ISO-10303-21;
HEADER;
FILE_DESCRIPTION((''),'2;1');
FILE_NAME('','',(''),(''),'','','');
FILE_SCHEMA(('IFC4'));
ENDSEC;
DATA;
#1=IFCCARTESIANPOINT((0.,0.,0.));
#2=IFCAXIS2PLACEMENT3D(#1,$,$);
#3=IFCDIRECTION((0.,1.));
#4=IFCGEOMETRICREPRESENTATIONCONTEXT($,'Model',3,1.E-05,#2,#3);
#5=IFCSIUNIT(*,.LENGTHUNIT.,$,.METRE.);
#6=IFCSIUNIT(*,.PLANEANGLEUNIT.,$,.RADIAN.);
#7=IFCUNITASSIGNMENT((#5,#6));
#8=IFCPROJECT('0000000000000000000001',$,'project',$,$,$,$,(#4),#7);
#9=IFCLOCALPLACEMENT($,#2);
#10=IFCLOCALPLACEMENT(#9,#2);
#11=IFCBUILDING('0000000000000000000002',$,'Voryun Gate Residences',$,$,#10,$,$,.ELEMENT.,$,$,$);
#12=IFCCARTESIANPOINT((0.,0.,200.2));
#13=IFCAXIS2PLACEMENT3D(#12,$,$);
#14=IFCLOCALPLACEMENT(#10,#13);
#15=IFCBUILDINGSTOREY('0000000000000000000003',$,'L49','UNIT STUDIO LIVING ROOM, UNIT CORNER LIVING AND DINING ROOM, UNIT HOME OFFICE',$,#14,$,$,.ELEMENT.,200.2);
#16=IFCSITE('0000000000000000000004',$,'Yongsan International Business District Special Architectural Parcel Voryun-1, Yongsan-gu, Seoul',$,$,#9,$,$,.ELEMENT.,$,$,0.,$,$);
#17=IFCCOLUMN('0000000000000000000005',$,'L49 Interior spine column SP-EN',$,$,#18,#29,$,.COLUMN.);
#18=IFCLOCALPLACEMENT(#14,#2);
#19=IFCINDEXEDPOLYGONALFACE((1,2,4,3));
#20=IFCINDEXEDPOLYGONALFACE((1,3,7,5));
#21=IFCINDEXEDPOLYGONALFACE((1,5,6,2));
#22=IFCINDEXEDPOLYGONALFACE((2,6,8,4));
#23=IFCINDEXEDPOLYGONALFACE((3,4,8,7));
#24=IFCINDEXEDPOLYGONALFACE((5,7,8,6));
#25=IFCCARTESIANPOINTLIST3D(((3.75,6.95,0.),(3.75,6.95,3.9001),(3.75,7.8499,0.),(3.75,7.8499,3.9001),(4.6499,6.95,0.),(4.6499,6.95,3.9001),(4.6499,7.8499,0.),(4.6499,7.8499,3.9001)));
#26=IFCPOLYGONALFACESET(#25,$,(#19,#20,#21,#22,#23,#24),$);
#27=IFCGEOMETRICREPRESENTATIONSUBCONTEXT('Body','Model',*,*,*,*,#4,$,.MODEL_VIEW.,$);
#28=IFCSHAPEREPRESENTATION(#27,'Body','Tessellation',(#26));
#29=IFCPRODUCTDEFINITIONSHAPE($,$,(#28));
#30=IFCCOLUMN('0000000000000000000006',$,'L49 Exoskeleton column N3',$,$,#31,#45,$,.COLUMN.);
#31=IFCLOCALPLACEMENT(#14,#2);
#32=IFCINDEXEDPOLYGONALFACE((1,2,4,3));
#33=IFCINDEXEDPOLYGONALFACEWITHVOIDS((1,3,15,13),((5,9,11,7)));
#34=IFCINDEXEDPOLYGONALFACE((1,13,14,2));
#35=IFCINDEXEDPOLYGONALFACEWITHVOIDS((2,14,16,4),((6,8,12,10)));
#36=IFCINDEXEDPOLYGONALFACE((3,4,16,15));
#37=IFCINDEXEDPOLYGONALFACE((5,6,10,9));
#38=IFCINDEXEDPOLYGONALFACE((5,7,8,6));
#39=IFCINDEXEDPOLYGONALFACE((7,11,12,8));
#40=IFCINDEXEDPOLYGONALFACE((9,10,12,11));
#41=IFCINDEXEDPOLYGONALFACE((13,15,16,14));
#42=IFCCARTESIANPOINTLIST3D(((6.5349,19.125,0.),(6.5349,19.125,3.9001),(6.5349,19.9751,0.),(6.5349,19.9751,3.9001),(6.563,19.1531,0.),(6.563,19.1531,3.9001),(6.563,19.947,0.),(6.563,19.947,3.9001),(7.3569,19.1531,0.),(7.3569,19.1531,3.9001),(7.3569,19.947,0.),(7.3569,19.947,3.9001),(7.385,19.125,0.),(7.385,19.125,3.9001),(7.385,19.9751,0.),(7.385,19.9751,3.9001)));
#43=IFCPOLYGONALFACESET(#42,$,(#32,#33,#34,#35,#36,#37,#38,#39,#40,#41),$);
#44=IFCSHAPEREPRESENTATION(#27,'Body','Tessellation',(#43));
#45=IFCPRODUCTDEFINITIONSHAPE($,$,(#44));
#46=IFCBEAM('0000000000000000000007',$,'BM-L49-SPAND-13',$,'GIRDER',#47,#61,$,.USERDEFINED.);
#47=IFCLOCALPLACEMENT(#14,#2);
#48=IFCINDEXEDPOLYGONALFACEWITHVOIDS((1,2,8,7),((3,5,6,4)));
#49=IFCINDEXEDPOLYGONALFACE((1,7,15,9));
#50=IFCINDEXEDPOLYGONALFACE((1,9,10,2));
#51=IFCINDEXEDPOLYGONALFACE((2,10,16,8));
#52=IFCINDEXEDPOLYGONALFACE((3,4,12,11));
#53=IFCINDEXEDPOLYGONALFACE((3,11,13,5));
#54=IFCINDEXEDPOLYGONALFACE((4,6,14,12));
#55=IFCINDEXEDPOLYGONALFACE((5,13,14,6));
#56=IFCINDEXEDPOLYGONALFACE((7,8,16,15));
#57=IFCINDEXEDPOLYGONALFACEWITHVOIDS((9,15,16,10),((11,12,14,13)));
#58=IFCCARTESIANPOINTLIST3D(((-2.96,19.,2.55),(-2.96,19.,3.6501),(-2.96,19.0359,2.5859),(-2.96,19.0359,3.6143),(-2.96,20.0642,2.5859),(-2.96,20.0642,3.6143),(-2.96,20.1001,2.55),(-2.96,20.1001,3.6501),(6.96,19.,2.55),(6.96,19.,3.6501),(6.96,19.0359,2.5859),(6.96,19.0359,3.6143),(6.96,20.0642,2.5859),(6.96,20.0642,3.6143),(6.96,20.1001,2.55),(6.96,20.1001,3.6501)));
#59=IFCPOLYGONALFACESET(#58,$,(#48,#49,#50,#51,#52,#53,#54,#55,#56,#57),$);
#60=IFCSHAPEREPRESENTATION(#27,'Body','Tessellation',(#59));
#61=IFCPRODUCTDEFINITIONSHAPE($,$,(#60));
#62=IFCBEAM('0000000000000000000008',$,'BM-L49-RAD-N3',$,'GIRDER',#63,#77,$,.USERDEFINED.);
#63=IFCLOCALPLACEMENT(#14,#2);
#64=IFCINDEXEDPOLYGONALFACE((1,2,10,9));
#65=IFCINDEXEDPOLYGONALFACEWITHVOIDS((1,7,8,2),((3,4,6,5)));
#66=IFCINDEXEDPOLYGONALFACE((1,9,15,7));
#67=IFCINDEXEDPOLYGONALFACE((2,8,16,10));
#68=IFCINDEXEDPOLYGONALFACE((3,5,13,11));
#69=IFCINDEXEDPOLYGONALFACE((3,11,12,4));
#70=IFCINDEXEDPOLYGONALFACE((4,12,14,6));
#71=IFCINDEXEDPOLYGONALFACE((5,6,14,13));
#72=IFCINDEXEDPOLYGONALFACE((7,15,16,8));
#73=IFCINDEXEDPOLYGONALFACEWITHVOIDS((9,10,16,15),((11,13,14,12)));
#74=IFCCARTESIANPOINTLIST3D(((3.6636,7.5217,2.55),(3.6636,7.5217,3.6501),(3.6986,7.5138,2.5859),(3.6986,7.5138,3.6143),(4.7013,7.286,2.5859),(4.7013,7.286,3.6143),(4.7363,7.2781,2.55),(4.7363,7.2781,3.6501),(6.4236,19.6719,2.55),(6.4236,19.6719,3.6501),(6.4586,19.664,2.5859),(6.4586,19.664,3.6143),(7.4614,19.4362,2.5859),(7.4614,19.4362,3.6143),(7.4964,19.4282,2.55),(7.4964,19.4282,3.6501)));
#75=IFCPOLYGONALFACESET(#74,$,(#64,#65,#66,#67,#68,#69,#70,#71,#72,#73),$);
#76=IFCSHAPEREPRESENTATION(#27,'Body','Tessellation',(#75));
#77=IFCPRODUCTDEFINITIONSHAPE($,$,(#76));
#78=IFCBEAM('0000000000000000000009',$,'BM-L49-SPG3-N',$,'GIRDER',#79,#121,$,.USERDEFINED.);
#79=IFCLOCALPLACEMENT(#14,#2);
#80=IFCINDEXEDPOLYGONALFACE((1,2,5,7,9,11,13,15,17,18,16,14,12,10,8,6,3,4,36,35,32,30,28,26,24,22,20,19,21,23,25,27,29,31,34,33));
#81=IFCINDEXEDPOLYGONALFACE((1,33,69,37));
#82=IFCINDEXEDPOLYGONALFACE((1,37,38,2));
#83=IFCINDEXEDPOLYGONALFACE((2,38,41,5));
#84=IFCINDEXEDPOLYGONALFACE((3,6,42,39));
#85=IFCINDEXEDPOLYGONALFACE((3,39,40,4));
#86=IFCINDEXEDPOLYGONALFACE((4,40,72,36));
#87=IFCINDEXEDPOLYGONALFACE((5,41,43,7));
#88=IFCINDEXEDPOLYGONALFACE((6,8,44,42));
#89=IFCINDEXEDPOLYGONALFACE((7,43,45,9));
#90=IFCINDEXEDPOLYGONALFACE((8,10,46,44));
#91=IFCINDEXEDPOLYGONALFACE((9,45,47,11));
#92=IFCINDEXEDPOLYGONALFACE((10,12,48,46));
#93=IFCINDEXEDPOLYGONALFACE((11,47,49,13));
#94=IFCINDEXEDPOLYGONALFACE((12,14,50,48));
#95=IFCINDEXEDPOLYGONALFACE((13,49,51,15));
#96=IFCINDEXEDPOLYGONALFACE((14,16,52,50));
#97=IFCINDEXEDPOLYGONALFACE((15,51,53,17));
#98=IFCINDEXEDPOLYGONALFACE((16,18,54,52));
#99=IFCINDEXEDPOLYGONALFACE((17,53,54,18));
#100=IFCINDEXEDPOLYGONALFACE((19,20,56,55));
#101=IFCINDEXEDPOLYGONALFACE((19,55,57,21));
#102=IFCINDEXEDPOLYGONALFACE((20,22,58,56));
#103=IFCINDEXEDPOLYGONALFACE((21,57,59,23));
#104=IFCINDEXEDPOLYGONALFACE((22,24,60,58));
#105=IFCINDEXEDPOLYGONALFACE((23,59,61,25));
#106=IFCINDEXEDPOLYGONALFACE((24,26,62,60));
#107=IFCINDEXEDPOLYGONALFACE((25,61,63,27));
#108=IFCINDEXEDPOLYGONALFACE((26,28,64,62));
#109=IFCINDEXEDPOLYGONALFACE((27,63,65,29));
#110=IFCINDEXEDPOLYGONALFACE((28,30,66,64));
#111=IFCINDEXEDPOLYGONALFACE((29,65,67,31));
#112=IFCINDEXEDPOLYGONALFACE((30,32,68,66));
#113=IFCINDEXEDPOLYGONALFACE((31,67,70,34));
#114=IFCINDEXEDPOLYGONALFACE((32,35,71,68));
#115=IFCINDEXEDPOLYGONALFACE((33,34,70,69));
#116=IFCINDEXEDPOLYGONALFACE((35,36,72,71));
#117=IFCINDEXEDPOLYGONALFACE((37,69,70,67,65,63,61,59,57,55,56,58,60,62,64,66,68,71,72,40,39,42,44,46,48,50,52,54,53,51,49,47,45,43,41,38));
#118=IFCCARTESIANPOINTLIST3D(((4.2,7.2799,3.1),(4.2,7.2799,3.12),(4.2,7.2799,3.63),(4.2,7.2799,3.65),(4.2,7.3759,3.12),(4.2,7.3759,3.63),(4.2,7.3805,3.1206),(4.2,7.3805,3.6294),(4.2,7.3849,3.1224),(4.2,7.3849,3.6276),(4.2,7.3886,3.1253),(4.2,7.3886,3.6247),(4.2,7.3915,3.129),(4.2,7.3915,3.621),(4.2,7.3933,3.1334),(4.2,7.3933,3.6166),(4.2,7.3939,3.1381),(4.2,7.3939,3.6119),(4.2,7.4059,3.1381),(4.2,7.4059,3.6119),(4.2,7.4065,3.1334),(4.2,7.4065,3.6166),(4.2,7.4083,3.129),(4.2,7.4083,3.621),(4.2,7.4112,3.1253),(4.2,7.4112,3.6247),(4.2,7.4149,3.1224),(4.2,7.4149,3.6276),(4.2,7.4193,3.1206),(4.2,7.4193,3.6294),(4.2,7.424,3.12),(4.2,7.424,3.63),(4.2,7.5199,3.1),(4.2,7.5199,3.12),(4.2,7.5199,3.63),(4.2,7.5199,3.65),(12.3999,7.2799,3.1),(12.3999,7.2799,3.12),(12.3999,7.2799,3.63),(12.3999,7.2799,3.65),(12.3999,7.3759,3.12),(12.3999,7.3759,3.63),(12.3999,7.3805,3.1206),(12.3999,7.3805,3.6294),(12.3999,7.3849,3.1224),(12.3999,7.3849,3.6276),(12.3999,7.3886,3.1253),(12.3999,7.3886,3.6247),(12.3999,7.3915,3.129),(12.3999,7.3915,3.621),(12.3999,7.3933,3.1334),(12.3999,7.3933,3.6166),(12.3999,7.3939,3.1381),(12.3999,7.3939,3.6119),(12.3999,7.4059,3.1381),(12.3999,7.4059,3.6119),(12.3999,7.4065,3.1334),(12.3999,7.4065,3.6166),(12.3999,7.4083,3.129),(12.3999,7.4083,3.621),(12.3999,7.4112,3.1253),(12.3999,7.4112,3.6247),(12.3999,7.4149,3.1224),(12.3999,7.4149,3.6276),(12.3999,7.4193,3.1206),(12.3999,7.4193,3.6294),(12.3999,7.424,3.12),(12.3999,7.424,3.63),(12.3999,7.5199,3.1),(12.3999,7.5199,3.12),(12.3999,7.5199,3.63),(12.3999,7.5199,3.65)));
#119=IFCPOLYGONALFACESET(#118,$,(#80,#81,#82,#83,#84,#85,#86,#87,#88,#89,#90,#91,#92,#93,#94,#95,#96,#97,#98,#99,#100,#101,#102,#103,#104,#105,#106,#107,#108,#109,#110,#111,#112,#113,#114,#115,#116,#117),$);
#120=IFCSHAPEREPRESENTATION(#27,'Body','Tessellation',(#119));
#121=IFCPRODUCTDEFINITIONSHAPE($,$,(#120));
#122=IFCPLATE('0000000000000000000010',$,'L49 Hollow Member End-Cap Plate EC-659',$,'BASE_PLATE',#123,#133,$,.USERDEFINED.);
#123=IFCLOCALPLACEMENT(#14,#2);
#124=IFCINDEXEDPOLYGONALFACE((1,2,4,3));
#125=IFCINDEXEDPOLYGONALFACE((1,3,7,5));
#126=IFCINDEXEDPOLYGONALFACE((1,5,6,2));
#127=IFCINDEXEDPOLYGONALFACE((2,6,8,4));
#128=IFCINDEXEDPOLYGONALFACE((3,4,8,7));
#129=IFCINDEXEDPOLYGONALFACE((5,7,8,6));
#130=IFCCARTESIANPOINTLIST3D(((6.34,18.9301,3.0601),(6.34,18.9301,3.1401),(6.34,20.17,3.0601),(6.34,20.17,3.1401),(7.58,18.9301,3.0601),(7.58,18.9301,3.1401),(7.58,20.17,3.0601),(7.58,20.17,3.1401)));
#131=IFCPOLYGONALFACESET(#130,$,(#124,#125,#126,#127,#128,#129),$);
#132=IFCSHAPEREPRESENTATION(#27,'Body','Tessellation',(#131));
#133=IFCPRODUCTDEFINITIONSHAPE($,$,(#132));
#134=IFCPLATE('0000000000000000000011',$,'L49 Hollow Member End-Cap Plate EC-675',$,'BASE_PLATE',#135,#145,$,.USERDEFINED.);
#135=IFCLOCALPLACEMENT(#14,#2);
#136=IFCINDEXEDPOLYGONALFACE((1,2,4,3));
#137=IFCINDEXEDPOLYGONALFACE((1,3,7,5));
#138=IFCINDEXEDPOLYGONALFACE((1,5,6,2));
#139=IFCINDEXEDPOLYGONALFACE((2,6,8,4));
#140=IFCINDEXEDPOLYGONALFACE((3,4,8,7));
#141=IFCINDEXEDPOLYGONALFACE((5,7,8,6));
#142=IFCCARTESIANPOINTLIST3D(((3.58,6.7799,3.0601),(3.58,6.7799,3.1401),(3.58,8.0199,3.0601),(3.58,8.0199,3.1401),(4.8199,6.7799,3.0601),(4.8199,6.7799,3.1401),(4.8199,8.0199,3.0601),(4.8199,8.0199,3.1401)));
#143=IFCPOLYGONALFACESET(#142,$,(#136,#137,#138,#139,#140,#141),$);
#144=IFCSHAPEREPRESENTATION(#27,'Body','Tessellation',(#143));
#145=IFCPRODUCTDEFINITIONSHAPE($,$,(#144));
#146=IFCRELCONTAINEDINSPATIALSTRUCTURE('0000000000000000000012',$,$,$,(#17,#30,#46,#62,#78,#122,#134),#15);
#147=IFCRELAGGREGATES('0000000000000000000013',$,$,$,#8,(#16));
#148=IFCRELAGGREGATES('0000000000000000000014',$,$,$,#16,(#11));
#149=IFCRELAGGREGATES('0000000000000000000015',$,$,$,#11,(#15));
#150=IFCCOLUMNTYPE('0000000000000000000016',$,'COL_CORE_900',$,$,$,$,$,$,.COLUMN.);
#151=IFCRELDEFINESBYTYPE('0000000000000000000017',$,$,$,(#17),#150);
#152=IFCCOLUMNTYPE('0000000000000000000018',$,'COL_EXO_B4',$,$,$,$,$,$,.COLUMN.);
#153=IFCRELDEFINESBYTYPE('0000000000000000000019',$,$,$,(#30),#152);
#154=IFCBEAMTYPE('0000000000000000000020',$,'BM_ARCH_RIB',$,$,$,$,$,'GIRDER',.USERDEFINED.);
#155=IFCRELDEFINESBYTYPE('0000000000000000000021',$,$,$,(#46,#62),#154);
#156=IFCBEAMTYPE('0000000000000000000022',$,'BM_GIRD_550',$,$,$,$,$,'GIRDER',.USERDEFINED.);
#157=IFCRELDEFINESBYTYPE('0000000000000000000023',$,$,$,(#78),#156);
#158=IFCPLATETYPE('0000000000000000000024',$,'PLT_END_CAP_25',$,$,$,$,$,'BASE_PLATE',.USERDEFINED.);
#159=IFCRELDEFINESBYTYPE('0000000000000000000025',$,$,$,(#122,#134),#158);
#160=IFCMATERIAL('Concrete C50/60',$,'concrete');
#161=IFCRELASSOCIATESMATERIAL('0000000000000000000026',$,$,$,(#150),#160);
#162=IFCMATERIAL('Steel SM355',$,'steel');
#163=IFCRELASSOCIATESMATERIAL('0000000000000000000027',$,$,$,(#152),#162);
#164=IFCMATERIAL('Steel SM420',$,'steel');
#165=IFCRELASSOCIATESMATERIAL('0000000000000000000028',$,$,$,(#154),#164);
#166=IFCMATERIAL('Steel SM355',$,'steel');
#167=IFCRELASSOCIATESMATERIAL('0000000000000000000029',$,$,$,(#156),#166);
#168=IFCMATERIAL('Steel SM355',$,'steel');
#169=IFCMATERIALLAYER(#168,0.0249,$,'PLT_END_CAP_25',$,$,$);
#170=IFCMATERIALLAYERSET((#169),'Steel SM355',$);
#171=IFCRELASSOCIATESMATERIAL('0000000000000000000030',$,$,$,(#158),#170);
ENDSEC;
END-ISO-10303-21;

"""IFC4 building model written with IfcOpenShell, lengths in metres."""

from ifc_helpers import new_model, si_unit, direction, frame, origin, origin_2d, place, context, subcontext, project, spatial, rectangle, hollow_rectangle, i_section, extrude, material, layer, layer_set, material_profile, profile_set, type_object, element, save


model = new_model("IFC4")

# Units and contexts
model_context = context("Model", 3, precision=1e-05, world=origin(), true_north=direction((0.0, 1.0)))
body_context = subcontext(model_context, "Body", "Model", "MODEL_VIEW")
ifc_project = project(units=[si_unit("LENGTHUNIT", "METRE"), si_unit("PLANEANGLEUNIT", "RADIAN")], contexts=[model_context])

# Site, building, storey
site_placement = place(None, origin())
site = spatial("IfcSite", under=ifc_project, at=site_placement, Name="Yongsan International Business District Special Architectural Parcel Voryun-1, Yongsan-gu, Seoul", CompositionType="ELEMENT", RefElevation=0.0)
building_placement = place(site_placement, origin())
building = spatial("IfcBuilding", under=site, at=building_placement, Name="Voryun Gate Residences", CompositionType="ELEMENT")
storey_placement = place(building_placement, frame((0.0, 0.0, 200.2)))
storey = spatial("IfcBuildingStorey", under=building, at=storey_placement, Name="L49", Description="UNIT STUDIO LIVING ROOM, UNIT CORNER LIVING AND DINING ROOM, UNIT HOME OFFICE", CompositionType="ELEMENT", Elevation=200.2)

# Columns
ifc_material_1 = material(Name="Concrete C50/60", Category="concrete")
ifc_material_profile_1 = material_profile(ifc_material_1, rectangle(XDim=0.8999, YDim=0.8999, at=origin_2d()), Name="RC-900x900")
ifc_profile_set_1 = profile_set([ifc_material_profile_1], Name="Concrete C50/60")
column_type_1 = type_object("IfcColumnType", Name="COL_CORE_900", PredefinedType="COLUMN", material=ifc_profile_set_1)
column_1_placement = place(storey_placement, frame((4.2, 7.3999, 0.0), z_axis=(0.0, 0.0, 1.0), x_axis=(1.0, 0.0, 0.0)))
element("IfcColumn", 1, at=column_1_placement, inside=storey, type_object=column_type_1, Name="L49 Interior spine column SP-EN", PredefinedType="COLUMN", context=body_context, shape_type="SweptSolid", body=[
    extrude(rectangle(XDim=0.8999, YDim=0.8999, at=origin_2d()), origin(), (0.0, 0.0, 1.0), 3.9001),
])
ifc_material_2 = material(Name="Steel SM355", Category="steel")
ifc_material_profile_2 = material_profile(ifc_material_2, hollow_rectangle(XDim=0.8501, YDim=0.8501, WallThickness=0.0281, at=origin_2d()), Name="BOX-850x850x28")
ifc_profile_set_2 = profile_set([ifc_material_profile_2], Name="Steel SM355")
column_type_2 = type_object("IfcColumnType", Name="COL_EXO_B4", PredefinedType="COLUMN", material=ifc_profile_set_2)
column_2_placement = place(storey_placement, frame((6.96, 19.55, 0.0), z_axis=(0.0, 0.0, 1.0), x_axis=(1.0, 0.0, 0.0)))
element("IfcColumn", 2, at=column_2_placement, inside=storey, type_object=column_type_2, Name="L49 Exoskeleton column N3", PredefinedType="COLUMN", context=body_context, shape_type="SweptSolid", body=[
    extrude(hollow_rectangle(XDim=0.8501, YDim=0.8501, WallThickness=0.0281, at=origin_2d()), origin(), (0.0, 0.0, 1.0), 3.9001),
])

# Beams
ifc_material_3 = material(Name="Steel SM420", Category="steel")
ifc_material_profile_3 = material_profile(ifc_material_3, hollow_rectangle(XDim=1.1001, YDim=1.1001, WallThickness=0.0359, at=origin_2d()), Name="BOX-1100x1100x36")
ifc_profile_set_3 = profile_set([ifc_material_profile_3], Name="Steel SM420")
beam_type_1 = type_object("IfcBeamType", Name="BM_ARCH_RIB", ElementType="GIRDER", PredefinedType="USERDEFINED", material=ifc_profile_set_3)
beam_1_placement = place(storey_placement, frame((6.96, 19.55, 3.1001), z_axis=(-1.0, 0.0, 0.0), x_axis=(0.0, -1.0, 0.0)))
element("IfcBeam", 3, at=beam_1_placement, inside=storey, type_object=beam_type_1, Name="BM-L49-SPAND-13", ObjectType="GIRDER", PredefinedType="USERDEFINED", context=body_context, shape_type="SweptSolid", body=[
    extrude(hollow_rectangle(XDim=1.1001, YDim=1.1001, WallThickness=0.0359, at=origin_2d()), origin(), (0.0, 0.0, 1.0), 9.9199),
])
beam_2_placement = place(storey_placement, frame((4.2, 7.3999, 3.1001), z_axis=(0.221515, 0.975157, 0.0), x_axis=(-0.975157, 0.221515, 0.0)))
element("IfcBeam", 4, at=beam_2_placement, inside=storey, type_object=beam_type_1, Name="BM-L49-RAD-N3", ObjectType="GIRDER", PredefinedType="USERDEFINED", context=body_context, shape_type="SweptSolid", body=[
    extrude(hollow_rectangle(XDim=1.1001, YDim=1.1001, WallThickness=0.0359, at=origin_2d()), origin(), (0.0, 0.0, 1.0), 12.4597),
])
ifc_material_4 = material(Name="Steel SM355", Category="steel")
ifc_material_profile_4 = material_profile(ifc_material_4, i_section(OverallWidth=0.24, OverallDepth=0.55, WebThickness=0.012, FlangeThickness=0.02, FilletRadius=0.0181, at=origin_2d()), Name="H-550x240x12x20")
ifc_profile_set_4 = profile_set([ifc_material_profile_4], Name="Steel SM355")
beam_type_2 = type_object("IfcBeamType", Name="BM_GIRD_550", ElementType="GIRDER", PredefinedType="USERDEFINED", material=ifc_profile_set_4)
beam_3_placement = place(storey_placement, frame((4.2, 7.3999, 3.375), z_axis=(1.0, 0.0, 0.0), x_axis=(0.0, 1.0, 0.0)))
element("IfcBeam", 5, at=beam_3_placement, inside=storey, type_object=beam_type_2, Name="BM-L49-SPG3-N", ObjectType="GIRDER", PredefinedType="USERDEFINED", context=body_context, shape_type="SweptSolid", body=[
    extrude(i_section(OverallWidth=0.24, OverallDepth=0.55, WebThickness=0.012, FlangeThickness=0.02, FilletRadius=0.0181, at=origin_2d()), origin(), (0.0, 0.0, 1.0), 8.2),
])

# Plates
ifc_material_5 = material(Name="Steel SM355", Category="steel")
ifc_layer_1 = layer(ifc_material_5, 0.0249, Name="PLT_END_CAP_25")
ifc_layer_set_1 = layer_set([ifc_layer_1], Name="Steel SM355")
plate_type = type_object("IfcPlateType", Name="PLT_END_CAP_25", ElementType="BASE_PLATE", PredefinedType="USERDEFINED", material=ifc_layer_set_1)
for number, where, z_axis, x_axis, name in (
    (6, (6.96, 19.55, 3.0601), (0.0, 0.0, 1.0), (1.0, 0.0, 0.0), "L49 Hollow Member End-Cap Plate EC-659"),
    (7, (4.2, 7.3999, 3.0601), (0.0, 0.0, 1.0), (1.0, 0.0, 0.0), "L49 Hollow Member End-Cap Plate EC-675"),
):
    element("IfcPlate", number, at=place(storey_placement, frame(where, z_axis=z_axis, x_axis=x_axis)), inside=storey, type_object=plate_type, Name=name, ObjectType="BASE_PLATE", PredefinedType="USERDEFINED", context=body_context, shape_type="SweptSolid", body=[
        extrude(rectangle(XDim=1.24, YDim=1.24, at=origin_2d()), origin(), (0.0, 0.0, 1.0), 0.0801),
    ])

save(model, "model.ifc")
